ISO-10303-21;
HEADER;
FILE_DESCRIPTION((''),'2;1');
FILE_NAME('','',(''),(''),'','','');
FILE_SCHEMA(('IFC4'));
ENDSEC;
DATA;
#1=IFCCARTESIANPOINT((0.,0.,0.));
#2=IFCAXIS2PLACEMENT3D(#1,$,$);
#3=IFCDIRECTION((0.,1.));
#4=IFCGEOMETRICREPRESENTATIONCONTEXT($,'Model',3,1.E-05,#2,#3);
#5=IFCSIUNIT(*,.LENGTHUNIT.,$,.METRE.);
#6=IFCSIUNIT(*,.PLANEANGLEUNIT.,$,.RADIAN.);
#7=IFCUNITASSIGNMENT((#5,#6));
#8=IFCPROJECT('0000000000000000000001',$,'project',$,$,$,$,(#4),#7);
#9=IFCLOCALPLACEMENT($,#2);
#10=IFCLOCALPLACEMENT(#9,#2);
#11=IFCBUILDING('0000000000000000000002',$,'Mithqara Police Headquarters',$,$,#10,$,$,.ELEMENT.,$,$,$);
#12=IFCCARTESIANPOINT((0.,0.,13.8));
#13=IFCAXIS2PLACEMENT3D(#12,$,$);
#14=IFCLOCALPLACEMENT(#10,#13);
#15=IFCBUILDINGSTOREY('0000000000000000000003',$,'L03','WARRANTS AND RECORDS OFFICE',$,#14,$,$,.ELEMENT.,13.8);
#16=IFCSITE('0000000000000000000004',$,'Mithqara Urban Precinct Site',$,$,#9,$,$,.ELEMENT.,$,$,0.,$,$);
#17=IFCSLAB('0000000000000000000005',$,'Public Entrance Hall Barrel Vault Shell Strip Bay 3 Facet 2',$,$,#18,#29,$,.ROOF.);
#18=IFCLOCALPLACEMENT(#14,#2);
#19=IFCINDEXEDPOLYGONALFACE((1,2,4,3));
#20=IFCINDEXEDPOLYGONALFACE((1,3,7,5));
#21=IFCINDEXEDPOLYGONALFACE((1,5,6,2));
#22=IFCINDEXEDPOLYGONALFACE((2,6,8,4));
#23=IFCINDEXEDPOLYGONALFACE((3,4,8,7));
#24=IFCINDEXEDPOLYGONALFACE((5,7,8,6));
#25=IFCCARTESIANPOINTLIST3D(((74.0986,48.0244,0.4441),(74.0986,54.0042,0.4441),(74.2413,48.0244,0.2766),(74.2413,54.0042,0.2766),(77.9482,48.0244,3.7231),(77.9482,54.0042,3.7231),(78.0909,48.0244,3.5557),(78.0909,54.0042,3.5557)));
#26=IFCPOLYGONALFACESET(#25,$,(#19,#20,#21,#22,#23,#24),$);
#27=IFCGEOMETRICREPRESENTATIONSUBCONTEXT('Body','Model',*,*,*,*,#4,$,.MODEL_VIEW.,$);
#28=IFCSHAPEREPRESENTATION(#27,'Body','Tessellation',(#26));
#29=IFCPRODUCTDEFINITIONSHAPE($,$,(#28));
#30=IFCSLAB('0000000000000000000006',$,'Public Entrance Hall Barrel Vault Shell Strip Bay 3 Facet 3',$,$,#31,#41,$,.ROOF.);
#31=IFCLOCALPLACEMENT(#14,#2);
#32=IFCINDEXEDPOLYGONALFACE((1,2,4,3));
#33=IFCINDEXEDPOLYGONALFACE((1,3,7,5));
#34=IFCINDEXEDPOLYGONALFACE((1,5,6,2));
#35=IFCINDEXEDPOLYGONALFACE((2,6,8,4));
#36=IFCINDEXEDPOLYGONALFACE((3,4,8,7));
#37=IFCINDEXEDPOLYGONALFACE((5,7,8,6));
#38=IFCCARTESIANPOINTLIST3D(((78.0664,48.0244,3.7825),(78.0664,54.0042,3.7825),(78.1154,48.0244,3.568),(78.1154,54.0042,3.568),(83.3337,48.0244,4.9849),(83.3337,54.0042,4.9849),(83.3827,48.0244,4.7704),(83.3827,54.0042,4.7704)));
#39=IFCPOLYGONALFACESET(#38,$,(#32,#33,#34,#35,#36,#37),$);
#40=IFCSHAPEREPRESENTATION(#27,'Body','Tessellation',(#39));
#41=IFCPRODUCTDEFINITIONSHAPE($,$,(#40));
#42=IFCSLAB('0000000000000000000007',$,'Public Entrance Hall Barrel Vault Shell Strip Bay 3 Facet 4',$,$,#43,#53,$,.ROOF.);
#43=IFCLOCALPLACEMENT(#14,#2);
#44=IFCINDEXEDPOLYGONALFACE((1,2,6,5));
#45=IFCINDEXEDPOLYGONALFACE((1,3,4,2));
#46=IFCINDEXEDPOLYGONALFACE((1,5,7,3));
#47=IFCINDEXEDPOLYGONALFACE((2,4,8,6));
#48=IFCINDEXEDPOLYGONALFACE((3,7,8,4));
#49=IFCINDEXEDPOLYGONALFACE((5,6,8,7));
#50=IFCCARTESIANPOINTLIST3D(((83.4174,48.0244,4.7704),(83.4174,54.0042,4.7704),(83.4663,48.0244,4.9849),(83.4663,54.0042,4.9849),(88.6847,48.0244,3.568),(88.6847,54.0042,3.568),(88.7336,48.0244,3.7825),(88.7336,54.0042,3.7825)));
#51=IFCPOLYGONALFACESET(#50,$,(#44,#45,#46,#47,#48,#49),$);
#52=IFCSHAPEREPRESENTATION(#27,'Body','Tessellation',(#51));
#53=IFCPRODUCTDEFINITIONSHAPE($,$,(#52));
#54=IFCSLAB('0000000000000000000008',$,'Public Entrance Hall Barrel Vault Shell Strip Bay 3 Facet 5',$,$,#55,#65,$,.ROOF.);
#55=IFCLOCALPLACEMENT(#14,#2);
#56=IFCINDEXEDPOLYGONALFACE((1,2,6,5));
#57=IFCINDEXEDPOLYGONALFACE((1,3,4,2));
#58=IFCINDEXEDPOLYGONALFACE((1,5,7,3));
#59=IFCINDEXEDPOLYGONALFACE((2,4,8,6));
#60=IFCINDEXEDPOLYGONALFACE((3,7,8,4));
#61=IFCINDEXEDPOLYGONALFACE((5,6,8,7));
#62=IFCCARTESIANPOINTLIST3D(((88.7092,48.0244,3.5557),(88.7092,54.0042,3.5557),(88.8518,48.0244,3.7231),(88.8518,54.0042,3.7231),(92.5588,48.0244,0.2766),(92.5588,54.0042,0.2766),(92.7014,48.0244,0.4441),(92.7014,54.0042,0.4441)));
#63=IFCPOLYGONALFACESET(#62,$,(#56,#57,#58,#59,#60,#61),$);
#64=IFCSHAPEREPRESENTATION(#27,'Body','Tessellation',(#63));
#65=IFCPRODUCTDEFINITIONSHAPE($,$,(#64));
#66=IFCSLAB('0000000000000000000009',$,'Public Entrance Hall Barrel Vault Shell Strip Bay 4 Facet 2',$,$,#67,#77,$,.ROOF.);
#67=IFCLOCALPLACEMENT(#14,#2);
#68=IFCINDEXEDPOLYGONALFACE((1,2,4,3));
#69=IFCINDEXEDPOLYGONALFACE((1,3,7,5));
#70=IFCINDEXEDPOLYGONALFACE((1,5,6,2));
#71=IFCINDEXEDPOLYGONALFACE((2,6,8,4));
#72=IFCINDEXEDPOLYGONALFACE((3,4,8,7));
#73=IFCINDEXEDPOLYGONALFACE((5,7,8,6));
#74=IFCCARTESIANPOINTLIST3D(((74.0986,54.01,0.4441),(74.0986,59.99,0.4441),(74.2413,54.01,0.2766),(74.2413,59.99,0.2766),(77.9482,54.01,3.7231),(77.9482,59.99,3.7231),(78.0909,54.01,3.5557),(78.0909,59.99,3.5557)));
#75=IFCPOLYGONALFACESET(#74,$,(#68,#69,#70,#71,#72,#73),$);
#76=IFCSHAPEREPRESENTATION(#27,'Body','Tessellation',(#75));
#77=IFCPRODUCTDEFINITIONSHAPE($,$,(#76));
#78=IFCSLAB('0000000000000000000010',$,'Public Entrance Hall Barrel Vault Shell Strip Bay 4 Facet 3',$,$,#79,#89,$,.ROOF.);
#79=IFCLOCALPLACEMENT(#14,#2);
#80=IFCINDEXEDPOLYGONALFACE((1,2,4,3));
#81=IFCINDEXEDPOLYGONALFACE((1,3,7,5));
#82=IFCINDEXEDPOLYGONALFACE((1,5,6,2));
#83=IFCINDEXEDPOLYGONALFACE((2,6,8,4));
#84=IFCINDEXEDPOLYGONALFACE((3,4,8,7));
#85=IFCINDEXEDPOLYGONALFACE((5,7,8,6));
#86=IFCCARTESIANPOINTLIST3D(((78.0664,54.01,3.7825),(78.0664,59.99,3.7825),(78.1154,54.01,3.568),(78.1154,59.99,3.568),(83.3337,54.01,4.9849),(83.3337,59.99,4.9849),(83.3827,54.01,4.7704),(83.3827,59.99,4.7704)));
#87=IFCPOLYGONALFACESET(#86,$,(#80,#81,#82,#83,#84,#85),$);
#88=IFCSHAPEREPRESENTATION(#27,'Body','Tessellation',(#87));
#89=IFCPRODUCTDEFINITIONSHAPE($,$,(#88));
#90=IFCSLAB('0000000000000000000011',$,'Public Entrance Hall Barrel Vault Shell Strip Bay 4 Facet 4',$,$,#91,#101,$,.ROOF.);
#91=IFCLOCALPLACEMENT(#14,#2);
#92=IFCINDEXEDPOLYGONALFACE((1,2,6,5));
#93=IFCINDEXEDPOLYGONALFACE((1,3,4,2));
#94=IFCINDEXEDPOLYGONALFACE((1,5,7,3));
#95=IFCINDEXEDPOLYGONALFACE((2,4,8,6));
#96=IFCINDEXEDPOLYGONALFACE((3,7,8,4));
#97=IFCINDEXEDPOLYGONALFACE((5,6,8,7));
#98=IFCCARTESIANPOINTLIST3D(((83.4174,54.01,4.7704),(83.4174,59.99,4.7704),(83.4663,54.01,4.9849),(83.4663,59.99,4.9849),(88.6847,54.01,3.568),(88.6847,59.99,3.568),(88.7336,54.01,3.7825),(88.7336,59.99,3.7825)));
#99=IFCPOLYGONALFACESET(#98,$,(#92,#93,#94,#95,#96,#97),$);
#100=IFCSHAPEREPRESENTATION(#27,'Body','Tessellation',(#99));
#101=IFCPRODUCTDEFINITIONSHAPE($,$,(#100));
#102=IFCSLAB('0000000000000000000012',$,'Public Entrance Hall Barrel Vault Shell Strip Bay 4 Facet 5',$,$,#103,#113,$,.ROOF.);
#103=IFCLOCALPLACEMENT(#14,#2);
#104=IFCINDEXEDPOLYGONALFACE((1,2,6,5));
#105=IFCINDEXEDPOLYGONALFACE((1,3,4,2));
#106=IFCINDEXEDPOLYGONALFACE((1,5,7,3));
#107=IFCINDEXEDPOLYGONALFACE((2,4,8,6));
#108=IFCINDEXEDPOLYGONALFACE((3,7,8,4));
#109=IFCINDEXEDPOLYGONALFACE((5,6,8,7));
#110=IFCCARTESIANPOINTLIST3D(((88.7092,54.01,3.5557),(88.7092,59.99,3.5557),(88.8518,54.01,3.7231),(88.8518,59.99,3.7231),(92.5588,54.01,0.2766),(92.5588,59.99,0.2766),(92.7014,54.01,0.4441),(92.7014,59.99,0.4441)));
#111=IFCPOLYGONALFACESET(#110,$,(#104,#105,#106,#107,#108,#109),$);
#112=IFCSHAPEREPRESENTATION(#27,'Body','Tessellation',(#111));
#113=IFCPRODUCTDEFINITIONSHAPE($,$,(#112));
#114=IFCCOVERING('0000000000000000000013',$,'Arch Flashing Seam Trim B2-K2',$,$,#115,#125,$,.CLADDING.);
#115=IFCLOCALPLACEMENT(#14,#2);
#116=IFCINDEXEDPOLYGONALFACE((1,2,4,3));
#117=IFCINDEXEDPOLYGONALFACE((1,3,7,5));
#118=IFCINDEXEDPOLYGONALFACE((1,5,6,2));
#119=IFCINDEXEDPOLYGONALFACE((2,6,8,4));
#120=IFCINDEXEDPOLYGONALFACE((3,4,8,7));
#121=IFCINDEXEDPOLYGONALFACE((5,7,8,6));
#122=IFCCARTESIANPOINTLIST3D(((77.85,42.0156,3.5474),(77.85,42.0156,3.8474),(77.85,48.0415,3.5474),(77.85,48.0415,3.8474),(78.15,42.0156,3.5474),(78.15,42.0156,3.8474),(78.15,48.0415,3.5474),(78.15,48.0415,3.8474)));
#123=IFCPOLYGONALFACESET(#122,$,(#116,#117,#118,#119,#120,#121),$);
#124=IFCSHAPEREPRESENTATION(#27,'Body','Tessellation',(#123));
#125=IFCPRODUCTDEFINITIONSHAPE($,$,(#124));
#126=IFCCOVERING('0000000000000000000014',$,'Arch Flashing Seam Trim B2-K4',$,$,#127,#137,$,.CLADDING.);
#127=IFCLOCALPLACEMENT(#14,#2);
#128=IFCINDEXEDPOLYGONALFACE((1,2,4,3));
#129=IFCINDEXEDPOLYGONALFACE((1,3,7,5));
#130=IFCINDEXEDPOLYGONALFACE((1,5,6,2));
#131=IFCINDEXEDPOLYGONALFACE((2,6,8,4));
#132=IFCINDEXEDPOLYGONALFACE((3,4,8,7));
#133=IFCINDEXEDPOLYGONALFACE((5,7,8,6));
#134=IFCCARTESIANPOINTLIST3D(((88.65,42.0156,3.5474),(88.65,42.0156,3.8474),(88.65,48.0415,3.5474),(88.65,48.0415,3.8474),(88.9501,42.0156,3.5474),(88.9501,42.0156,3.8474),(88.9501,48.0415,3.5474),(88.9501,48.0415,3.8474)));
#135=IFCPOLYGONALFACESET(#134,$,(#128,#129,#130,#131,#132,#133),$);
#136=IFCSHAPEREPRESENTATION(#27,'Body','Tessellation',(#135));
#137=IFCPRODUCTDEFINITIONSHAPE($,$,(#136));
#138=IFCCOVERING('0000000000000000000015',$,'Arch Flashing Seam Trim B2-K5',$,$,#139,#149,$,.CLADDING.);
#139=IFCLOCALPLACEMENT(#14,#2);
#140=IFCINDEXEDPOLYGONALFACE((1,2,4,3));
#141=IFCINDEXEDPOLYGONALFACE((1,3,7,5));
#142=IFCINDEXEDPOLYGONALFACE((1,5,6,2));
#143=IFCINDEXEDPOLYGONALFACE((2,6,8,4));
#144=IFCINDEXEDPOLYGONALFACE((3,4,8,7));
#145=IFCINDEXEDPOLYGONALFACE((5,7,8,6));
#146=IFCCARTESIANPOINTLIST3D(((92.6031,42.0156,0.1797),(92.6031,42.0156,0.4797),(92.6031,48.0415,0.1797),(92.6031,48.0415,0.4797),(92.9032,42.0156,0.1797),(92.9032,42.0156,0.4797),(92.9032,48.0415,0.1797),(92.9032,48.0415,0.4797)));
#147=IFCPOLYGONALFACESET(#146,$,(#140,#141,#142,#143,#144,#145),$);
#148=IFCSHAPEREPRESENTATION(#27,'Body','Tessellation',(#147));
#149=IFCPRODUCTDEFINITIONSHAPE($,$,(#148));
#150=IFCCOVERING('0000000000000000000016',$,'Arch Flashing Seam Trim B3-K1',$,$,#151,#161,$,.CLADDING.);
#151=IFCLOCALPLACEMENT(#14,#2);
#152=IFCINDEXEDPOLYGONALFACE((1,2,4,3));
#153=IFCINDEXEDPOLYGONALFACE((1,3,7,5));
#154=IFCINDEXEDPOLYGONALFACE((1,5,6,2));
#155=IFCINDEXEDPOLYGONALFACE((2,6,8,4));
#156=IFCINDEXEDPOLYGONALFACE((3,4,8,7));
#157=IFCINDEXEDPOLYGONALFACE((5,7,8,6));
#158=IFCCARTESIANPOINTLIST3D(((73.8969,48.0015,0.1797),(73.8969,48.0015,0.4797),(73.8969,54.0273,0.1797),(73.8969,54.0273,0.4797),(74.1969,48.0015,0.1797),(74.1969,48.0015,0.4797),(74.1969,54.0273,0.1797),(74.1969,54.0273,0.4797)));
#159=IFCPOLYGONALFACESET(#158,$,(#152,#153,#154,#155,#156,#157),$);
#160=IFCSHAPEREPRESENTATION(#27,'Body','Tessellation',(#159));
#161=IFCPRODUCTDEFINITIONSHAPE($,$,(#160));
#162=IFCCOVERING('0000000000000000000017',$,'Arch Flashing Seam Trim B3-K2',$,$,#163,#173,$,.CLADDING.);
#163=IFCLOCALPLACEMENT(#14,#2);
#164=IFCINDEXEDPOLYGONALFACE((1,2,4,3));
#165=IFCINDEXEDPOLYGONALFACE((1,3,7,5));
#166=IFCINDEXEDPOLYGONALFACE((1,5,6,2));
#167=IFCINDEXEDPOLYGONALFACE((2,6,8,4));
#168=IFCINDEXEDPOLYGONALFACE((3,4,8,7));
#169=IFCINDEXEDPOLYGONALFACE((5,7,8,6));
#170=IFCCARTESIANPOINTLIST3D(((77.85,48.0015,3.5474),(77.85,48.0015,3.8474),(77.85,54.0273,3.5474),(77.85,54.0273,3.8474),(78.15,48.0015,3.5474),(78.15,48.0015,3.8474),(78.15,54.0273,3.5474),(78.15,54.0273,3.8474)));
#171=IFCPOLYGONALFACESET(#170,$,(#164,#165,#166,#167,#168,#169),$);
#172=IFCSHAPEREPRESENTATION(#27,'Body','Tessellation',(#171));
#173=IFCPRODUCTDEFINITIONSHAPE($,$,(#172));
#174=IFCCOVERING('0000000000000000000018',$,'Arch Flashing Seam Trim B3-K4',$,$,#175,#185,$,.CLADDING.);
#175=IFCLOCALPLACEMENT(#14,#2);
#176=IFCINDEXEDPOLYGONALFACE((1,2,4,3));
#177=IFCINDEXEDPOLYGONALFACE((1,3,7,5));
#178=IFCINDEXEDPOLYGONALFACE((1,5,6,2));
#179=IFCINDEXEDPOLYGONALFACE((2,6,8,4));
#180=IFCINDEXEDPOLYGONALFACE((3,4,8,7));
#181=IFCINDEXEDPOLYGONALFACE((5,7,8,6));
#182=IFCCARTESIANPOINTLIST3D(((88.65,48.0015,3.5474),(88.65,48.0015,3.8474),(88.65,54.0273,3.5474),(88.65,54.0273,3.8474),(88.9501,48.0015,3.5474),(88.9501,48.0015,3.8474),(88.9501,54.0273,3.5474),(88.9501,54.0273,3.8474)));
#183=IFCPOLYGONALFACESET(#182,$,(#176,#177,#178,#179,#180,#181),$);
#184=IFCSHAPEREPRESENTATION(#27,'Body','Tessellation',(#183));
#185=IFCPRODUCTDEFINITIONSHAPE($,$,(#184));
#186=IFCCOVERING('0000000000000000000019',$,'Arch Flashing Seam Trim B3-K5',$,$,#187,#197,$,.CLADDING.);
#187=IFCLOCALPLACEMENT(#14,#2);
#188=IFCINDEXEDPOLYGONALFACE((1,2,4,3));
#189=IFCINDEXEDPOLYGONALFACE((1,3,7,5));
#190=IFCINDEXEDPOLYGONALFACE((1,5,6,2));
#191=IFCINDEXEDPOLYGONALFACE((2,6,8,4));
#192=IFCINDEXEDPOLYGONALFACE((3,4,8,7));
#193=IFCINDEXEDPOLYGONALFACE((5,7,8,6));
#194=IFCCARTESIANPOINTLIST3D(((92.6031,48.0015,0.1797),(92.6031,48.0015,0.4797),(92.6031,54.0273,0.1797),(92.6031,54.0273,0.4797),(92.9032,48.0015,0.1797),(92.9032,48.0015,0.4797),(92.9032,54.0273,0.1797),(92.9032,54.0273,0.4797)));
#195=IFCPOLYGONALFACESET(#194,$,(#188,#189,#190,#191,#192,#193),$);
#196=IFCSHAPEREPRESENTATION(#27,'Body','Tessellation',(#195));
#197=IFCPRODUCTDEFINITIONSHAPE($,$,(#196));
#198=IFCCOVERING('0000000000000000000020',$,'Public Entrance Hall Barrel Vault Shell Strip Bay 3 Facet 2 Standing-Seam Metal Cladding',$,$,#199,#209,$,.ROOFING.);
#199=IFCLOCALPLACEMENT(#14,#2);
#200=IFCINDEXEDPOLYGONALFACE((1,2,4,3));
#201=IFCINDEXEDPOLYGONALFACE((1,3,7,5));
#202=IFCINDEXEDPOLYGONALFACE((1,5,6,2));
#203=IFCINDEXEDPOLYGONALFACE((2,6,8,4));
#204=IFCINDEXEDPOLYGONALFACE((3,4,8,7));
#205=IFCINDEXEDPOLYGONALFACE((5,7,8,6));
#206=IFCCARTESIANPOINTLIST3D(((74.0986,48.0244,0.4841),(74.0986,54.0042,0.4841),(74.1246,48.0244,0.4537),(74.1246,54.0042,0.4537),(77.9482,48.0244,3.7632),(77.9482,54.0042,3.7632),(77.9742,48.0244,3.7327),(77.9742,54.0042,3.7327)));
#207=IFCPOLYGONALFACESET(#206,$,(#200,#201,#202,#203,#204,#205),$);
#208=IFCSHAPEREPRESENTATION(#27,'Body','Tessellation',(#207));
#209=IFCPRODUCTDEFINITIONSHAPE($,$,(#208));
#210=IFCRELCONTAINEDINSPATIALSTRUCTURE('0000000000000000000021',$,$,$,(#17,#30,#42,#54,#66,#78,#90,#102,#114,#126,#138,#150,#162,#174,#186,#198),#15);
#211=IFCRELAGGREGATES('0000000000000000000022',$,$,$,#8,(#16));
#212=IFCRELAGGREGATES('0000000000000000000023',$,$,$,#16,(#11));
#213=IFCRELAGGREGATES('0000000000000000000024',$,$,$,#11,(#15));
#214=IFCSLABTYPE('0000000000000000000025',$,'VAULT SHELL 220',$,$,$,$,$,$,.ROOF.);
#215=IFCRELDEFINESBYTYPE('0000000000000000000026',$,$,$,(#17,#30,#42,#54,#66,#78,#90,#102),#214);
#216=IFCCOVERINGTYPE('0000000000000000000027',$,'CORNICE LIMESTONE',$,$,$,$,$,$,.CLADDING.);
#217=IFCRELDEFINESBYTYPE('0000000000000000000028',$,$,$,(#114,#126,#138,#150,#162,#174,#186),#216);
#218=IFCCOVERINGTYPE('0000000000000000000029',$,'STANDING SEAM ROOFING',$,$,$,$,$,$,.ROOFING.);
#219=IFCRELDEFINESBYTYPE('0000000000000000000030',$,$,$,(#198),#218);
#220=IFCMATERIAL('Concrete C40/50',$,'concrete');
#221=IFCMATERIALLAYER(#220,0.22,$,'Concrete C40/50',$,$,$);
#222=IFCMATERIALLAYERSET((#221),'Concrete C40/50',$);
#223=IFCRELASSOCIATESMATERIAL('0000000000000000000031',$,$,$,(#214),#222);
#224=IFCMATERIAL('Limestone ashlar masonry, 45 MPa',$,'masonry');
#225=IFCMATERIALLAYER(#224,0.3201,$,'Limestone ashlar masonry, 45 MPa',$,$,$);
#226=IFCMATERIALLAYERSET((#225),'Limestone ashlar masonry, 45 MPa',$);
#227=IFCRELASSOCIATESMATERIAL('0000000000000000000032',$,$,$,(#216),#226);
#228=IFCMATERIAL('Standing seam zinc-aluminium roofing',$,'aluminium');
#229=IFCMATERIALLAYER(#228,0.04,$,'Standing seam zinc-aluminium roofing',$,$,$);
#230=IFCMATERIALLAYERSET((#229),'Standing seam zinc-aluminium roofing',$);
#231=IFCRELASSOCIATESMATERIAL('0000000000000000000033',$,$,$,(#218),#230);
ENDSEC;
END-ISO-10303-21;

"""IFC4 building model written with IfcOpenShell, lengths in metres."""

from ifc_helpers import new_model, si_unit, direction, frame, origin, origin_2d, place, context, subcontext, project, spatial, polyline, rectangle, outline, extrude, material, layer, layer_set, type_object, element, save


model = new_model("IFC4")

# Units and contexts
model_context = context("Model", 3, precision=1e-05, world=origin(), true_north=direction((0.0, 1.0)))
body_context = subcontext(model_context, "Body", "Model", "MODEL_VIEW")
ifc_project = project(units=[si_unit("LENGTHUNIT", "METRE"), si_unit("PLANEANGLEUNIT", "RADIAN")], contexts=[model_context])

# Site, building, storey
site_placement = place(None, origin())
site = spatial("IfcSite", under=ifc_project, at=site_placement, Name="Mithqara Urban Precinct Site", CompositionType="ELEMENT", RefElevation=0.0)
building_placement = place(site_placement, origin())
building = spatial("IfcBuilding", under=site, at=building_placement, Name="Mithqara Police Headquarters", CompositionType="ELEMENT")
storey_placement = place(building_placement, frame((0.0, 0.0, 13.8)))
storey = spatial("IfcBuildingStorey", under=building, at=storey_placement, Name="L03", Description="WARRANTS AND RECORDS OFFICE", CompositionType="ELEMENT", Elevation=13.8)

# Slabs
ifc_material_1 = material(Name="Concrete C40/50", Category="concrete")
ifc_layer_1 = layer(ifc_material_1, 0.22, Name="Concrete C40/50")
ifc_layer_set_1 = layer_set([ifc_layer_1], Name="Concrete C40/50")
slab_type = type_object("IfcSlabType", Name="VAULT SHELL 220", PredefinedType="ROOF", material=ifc_layer_set_1)
slab_1_placement = place(storey_placement, frame((74.0986, 48.0244, 0.4441), z_axis=(-0.648438, 0.0, 0.761267), x_axis=(0.761267, 0.0, 0.648438)))
element("IfcSlab", 1, at=slab_1_placement, inside=storey, type_object=slab_type, Name="Public Entrance Hall Barrel Vault Shell Strip Bay 3 Facet 2", PredefinedType="ROOF", context=body_context, shape_type="SweptSolid", body=[
    extrude(outline(polyline([(0.0, 0.0), (5.0568, 0.0), (5.0568, 5.9797), (0.0, 5.9797), (0.0, 0.0)])), origin(), (0.0, 0.0, -1.0), 0.22),
])
for number, where, z_axis, x_axis, name in (
    (2, (78.0664, 48.0244, 3.7825), (-0.222549, 0.0, 0.974922), (0.974922, 0.0, 0.222549), "Public Entrance Hall Barrel Vault Shell Strip Bay 3 Facet 3"),
    (3, (83.4663, 48.0244, 4.9849), (0.222549, 0.0, 0.974922), (0.974922, 0.0, -0.222549), "Public Entrance Hall Barrel Vault Shell Strip Bay 3 Facet 4"),
):
    element("IfcSlab", number, at=place(storey_placement, frame(where, z_axis=z_axis, x_axis=x_axis)), inside=storey, type_object=slab_type, Name=name, PredefinedType="ROOF", context=body_context, shape_type="SweptSolid", body=[
        extrude(outline(polyline([(0.0, 0.0), (5.4028, 0.0), (5.4028, 5.9797), (0.0, 5.9797), (0.0, 0.0)])), origin(), (0.0, 0.0, -1.0), 0.22),
    ])
slab_2_placement = place(storey_placement, frame((88.8518, 48.0244, 3.7231), z_axis=(0.648438, 0.0, 0.761267), x_axis=(0.761267, 0.0, -0.648438)))
element("IfcSlab", 4, at=slab_2_placement, inside=storey, type_object=slab_type, Name="Public Entrance Hall Barrel Vault Shell Strip Bay 3 Facet 5", PredefinedType="ROOF", context=body_context, shape_type="SweptSolid", body=[
    extrude(outline(polyline([(0.0, 0.0), (5.0568, 0.0), (5.0568, 5.9797), (0.0, 5.9797), (0.0, 0.0)])), origin(), (0.0, 0.0, -1.0), 0.22),
])
slab_3_placement = place(storey_placement, frame((74.0986, 54.01, 0.4441), z_axis=(-0.648438, 0.0, 0.761267), x_axis=(0.761267, 0.0, 0.648438)))
element("IfcSlab", 5, at=slab_3_placement, inside=storey, type_object=slab_type, Name="Public Entrance Hall Barrel Vault Shell Strip Bay 4 Facet 2", PredefinedType="ROOF", context=body_context, shape_type="SweptSolid", body=[
    extrude(outline(polyline([(0.0, 0.0), (5.0568, 0.0), (5.0568, 5.98), (0.0, 5.98), (0.0, 0.0)])), origin(), (0.0, 0.0, -1.0), 0.22),
])
for number, where, z_axis, x_axis, name in (
    (6, (78.0664, 54.01, 3.7825), (-0.222549, 0.0, 0.974922), (0.974922, 0.0, 0.222549), "Public Entrance Hall Barrel Vault Shell Strip Bay 4 Facet 3"),
    (7, (83.4663, 54.01, 4.9849), (0.222549, 0.0, 0.974922), (0.974922, 0.0, -0.222549), "Public Entrance Hall Barrel Vault Shell Strip Bay 4 Facet 4"),
):
    element("IfcSlab", number, at=place(storey_placement, frame(where, z_axis=z_axis, x_axis=x_axis)), inside=storey, type_object=slab_type, Name=name, PredefinedType="ROOF", context=body_context, shape_type="SweptSolid", body=[
        extrude(outline(polyline([(0.0, 0.0), (5.4028, 0.0), (5.4028, 5.98), (0.0, 5.98), (0.0, 0.0)])), origin(), (0.0, 0.0, -1.0), 0.22),
    ])
slab_4_placement = place(storey_placement, frame((88.8518, 54.01, 3.7231), z_axis=(0.648438, 0.0, 0.761267), x_axis=(0.761267, 0.0, -0.648438)))
element("IfcSlab", 8, at=slab_4_placement, inside=storey, type_object=slab_type, Name="Public Entrance Hall Barrel Vault Shell Strip Bay 4 Facet 5", PredefinedType="ROOF", context=body_context, shape_type="SweptSolid", body=[
    extrude(outline(polyline([(0.0, 0.0), (5.0568, 0.0), (5.0568, 5.98), (0.0, 5.98), (0.0, 0.0)])), origin(), (0.0, 0.0, -1.0), 0.22),
])

# Coverings
ifc_material_2 = material(Name="Limestone ashlar masonry, 45 MPa", Category="masonry")
ifc_layer_2 = layer(ifc_material_2, 0.3201, Name="Limestone ashlar masonry, 45 MPa")
ifc_layer_set_2 = layer_set([ifc_layer_2], Name="Limestone ashlar masonry, 45 MPa")
covering_type_1 = type_object("IfcCoveringType", Name="CORNICE LIMESTONE", PredefinedType="CLADDING", material=ifc_layer_set_2)
for number, where, z_axis, x_axis, name in (
    (9, (78.0, 45.0286, 3.5474), (0.0, 0.0, 1.0), (1.0, 0.0, 0.0), "Arch Flashing Seam Trim B2-K2"),
    (10, (88.8, 45.0286, 3.5474), (0.0, 0.0, 1.0), (1.0, 0.0, 0.0), "Arch Flashing Seam Trim B2-K4"),
    (11, (92.7532, 45.0286, 0.1797), (0.0, 0.0, 1.0), (1.0, 0.0, 0.0), "Arch Flashing Seam Trim B2-K5"),
    (12, (74.0469, 51.0144, 0.1797), (0.0, 0.0, 1.0), (1.0, 0.0, 0.0), "Arch Flashing Seam Trim B3-K1"),
    (13, (78.0, 51.0144, 3.5474), (0.0, 0.0, 1.0), (1.0, 0.0, 0.0), "Arch Flashing Seam Trim B3-K2"),
    (14, (88.8, 51.0144, 3.5474), (0.0, 0.0, 1.0), (1.0, 0.0, 0.0), "Arch Flashing Seam Trim B3-K4"),
    (15, (92.7532, 51.0144, 0.1797), (0.0, 0.0, 1.0), (1.0, 0.0, 0.0), "Arch Flashing Seam Trim B3-K5"),
):
    element("IfcCovering", number, at=place(storey_placement, frame(where, z_axis=z_axis, x_axis=x_axis)), inside=storey, type_object=covering_type_1, Name=name, PredefinedType="CLADDING", context=body_context, shape_type="SweptSolid", body=[
        extrude(rectangle(XDim=0.3, YDim=6.0259, at=origin_2d()), origin(), (0.0, 0.0, 1.0), 0.3),
    ])
ifc_material_3 = material(Name="Standing seam zinc-aluminium roofing", Category="aluminium")
ifc_layer_3 = layer(ifc_material_3, 0.04, Name="Standing seam zinc-aluminium roofing")
ifc_layer_set_3 = layer_set([ifc_layer_3], Name="Standing seam zinc-aluminium roofing")
covering_type_2 = type_object("IfcCoveringType", Name="STANDING SEAM ROOFING", PredefinedType="ROOFING", material=ifc_layer_set_3)
covering_1_placement = place(storey_placement, frame((74.0986, 48.0244, 0.4841), z_axis=(-0.648438, 0.0, 0.761267), x_axis=(0.761267, 0.0, 0.648438)))
element("IfcCovering", 16, at=covering_1_placement, inside=storey, type_object=covering_type_2, Name="Public Entrance Hall Barrel Vault Shell Strip Bay 3 Facet 2 Standing-Seam Metal Cladding", PredefinedType="ROOFING", context=body_context, shape_type="SweptSolid", body=[
    extrude(outline(polyline([(0.0, 0.0), (5.0568, 0.0), (5.0568, 5.9797), (0.0, 5.9797), (0.0, 0.0)])), origin(), (0.0, 0.0, -1.0), 0.04),
])

save(model, "model.ifc")
